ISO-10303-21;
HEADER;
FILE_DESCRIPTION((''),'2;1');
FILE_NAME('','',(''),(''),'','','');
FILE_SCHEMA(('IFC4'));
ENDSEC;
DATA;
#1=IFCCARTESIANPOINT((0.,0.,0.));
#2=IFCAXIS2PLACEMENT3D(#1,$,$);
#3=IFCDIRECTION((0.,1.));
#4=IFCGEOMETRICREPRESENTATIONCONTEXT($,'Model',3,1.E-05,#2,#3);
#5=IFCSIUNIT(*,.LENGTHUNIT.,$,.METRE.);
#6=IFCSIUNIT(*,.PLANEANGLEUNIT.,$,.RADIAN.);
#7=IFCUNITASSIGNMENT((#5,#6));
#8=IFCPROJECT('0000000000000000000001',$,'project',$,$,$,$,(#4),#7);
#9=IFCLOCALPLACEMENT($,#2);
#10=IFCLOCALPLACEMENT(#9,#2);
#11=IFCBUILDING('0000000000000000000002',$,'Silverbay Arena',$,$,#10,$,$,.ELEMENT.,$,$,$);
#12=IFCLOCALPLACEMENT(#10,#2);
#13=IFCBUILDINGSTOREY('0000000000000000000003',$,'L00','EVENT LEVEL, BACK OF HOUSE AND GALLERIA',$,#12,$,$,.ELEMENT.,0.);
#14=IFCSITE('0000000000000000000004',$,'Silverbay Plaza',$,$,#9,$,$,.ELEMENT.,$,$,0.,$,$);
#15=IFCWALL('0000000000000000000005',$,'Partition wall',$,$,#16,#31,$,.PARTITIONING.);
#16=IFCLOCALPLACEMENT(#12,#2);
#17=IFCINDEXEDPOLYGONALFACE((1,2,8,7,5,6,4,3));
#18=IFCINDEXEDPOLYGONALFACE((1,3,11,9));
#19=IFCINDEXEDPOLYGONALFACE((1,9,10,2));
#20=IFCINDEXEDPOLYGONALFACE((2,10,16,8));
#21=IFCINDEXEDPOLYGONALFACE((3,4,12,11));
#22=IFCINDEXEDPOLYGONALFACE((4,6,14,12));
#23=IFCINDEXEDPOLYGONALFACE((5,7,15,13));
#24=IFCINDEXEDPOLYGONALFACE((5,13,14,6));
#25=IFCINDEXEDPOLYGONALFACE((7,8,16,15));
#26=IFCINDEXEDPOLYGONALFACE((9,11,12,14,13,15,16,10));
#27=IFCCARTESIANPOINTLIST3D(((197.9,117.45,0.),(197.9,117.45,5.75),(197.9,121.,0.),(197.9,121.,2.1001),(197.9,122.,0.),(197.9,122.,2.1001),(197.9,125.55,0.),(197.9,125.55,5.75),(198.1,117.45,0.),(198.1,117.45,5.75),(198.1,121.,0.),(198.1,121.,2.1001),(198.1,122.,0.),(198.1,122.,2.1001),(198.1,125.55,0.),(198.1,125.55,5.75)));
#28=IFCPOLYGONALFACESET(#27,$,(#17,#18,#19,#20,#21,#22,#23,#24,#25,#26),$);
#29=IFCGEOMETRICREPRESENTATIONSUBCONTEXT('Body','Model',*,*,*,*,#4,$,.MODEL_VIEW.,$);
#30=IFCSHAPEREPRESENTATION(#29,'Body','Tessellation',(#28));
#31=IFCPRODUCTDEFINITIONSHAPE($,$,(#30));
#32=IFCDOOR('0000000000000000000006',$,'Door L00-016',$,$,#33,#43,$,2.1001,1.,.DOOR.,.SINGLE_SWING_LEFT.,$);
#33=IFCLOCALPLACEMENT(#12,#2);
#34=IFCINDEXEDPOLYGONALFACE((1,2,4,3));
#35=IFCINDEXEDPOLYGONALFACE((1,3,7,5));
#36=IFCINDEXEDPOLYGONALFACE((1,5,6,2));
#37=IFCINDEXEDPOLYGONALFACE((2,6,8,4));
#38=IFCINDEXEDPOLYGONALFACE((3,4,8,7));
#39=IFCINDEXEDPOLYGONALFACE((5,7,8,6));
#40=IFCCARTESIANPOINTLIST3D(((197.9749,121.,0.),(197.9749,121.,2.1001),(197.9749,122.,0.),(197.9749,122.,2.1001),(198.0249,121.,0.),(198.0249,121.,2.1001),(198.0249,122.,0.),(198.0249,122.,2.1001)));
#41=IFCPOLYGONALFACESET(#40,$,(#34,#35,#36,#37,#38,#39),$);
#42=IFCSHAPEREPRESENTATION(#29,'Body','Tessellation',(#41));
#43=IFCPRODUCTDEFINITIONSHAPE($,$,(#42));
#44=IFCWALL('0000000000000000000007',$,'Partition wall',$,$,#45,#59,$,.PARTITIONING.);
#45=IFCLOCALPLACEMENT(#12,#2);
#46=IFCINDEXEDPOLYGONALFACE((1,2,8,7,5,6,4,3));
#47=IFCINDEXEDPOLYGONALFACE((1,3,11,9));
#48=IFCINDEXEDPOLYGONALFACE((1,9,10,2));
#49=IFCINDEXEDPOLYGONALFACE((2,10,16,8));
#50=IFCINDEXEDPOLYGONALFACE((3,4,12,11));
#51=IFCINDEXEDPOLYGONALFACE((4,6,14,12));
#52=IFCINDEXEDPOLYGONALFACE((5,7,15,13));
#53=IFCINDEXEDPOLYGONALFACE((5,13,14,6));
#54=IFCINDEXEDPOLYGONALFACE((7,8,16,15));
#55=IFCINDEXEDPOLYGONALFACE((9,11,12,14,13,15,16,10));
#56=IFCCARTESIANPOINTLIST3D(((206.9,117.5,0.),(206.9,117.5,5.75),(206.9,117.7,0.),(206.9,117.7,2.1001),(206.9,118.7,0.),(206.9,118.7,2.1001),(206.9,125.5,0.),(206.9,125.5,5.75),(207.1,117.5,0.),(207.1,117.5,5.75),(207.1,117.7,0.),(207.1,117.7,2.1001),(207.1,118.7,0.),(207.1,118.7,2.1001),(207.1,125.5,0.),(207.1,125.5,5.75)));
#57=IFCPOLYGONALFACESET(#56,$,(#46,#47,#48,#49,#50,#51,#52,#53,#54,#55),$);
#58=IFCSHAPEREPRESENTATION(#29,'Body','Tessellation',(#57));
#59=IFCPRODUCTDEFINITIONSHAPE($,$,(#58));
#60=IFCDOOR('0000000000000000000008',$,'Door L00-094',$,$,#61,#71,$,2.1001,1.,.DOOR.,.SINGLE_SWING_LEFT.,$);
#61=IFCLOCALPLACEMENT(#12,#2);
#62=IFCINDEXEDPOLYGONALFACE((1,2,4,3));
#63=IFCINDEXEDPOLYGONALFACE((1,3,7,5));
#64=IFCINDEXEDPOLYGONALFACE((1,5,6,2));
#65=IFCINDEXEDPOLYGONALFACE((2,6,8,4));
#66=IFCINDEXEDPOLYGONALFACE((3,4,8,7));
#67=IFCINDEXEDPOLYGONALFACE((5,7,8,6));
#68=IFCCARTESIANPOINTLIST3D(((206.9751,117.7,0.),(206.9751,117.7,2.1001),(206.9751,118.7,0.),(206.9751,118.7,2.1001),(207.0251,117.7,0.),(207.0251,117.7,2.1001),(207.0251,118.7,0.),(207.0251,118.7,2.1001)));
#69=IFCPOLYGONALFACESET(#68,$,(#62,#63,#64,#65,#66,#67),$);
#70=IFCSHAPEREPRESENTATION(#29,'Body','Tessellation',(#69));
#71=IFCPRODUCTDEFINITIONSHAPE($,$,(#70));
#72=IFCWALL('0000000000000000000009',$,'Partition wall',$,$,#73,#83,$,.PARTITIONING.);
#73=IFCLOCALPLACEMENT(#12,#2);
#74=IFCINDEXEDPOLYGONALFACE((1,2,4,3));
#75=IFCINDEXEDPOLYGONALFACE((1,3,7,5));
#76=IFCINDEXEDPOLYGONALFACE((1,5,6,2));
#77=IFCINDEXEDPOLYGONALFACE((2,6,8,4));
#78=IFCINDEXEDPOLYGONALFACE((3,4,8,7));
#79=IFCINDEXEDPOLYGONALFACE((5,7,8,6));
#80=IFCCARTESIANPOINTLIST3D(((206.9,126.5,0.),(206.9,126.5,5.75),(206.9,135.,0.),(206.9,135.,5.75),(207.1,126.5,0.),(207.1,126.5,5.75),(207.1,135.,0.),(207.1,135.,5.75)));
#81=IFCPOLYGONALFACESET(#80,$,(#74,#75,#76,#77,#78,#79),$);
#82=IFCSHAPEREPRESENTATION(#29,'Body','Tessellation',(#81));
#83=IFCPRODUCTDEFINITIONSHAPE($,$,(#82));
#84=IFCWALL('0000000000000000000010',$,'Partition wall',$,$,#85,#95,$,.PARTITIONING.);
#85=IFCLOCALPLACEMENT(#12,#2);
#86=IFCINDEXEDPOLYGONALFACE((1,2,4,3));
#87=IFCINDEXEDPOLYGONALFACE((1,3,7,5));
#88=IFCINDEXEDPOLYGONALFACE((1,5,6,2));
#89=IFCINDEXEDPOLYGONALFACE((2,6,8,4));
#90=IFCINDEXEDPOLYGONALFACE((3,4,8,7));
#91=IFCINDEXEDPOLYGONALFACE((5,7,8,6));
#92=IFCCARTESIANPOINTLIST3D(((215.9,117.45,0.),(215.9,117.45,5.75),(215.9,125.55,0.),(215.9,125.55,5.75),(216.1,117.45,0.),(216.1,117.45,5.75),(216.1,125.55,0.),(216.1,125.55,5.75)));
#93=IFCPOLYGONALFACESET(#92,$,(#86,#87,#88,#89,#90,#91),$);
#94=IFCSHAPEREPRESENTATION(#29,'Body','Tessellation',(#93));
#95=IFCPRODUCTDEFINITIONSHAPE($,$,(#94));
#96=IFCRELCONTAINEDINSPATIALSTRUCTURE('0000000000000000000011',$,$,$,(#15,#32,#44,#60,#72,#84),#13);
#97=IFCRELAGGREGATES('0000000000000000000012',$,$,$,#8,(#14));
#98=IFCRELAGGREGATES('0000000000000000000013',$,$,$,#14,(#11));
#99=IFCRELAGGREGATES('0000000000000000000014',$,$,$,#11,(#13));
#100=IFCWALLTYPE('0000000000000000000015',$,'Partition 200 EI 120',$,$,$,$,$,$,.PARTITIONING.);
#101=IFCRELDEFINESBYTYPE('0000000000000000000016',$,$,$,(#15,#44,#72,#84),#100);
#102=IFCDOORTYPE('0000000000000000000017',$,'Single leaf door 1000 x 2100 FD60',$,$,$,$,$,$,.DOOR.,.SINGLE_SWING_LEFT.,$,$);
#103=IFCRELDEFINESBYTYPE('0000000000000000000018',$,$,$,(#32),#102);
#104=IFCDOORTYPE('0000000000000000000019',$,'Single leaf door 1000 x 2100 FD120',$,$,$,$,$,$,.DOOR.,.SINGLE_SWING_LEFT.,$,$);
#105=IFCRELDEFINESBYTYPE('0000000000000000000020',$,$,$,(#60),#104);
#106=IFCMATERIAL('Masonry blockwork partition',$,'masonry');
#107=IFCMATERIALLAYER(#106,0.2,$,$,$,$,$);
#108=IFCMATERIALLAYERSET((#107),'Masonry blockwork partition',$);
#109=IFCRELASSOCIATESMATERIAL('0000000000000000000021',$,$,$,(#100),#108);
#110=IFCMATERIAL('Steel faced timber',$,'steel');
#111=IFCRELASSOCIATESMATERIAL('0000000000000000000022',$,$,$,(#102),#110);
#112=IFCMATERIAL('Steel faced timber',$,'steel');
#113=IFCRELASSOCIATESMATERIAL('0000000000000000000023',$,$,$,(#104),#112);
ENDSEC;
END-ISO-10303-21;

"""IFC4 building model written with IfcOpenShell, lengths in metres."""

from ifc_helpers import new_model, si_unit, direction, frame, frame_2d, origin, place, context, subcontext, project, spatial, rectangle, extrude, material, layer, layer_set, type_object, element, fill, save


model = new_model("IFC4")

# Units and contexts
model_context = context("Model", 3, precision=1e-05, world=origin(), true_north=direction((0.0, 1.0)))
body_context = subcontext(model_context, "Body", "Model", "MODEL_VIEW")
ifc_project = project(units=[si_unit("LENGTHUNIT", "METRE"), si_unit("PLANEANGLEUNIT", "RADIAN")], contexts=[model_context])

# Site, building, storey
site_placement = place(None, origin())
site = spatial("IfcSite", under=ifc_project, at=site_placement, Name="Silverbay Plaza", CompositionType="ELEMENT", RefElevation=0.0)
building_placement = place(site_placement, origin())
building = spatial("IfcBuilding", under=site, at=building_placement, Name="Silverbay Arena", CompositionType="ELEMENT")
storey_placement = place(building_placement, origin())
storey = spatial("IfcBuildingStorey", under=building, at=storey_placement, Name="L00", Description="EVENT LEVEL, BACK OF HOUSE AND GALLERIA", CompositionType="ELEMENT", Elevation=0.0)

# Shared definitions
ifc_material_1 = material(Name="Masonry blockwork partition", Category="masonry")
ifc_layer = layer(ifc_material_1, 0.2)
ifc_layer_set = layer_set([ifc_layer], Name="Masonry blockwork partition")
wall_type = type_object("IfcWallType", Name="Partition 200 EI 120", PredefinedType="PARTITIONING", material=ifc_layer_set)

# Walls, openings, doors
wall_1_placement = place(storey_placement, frame((198.0, 117.45, 0.0), z_axis=(0.0, 0.0, 1.0), x_axis=(0.0, 1.0, 0.0)))
wall_1 = element("IfcWall", 1, at=wall_1_placement, inside=storey, type_object=wall_type, Name="Partition wall", PredefinedType="PARTITIONING", context=body_context, shape_type="SweptSolid", body=[
    extrude(rectangle(XDim=8.1001, YDim=0.2, at=frame_2d((4.05, 0.0))), origin(), (0.0, 0.0, 1.0), 5.75),
])
opening_1_placement = place(wall_1_placement, frame((3.55, 0.0, 0.0)))
opening_1 = element("IfcOpeningElement", 2, at=opening_1_placement, cuts=wall_1, PredefinedType="OPENING", context=body_context, shape_type="SweptSolid", body=[
    extrude(rectangle(XDim=1.0, YDim=2.1001, at=frame_2d((0.5, 1.05))), frame((0.0, 0.1099, 0.0), z_axis=(0.0, -1.0, 0.0), x_axis=(1.0, 0.0, 0.0)), (0.0, 0.0, 1.0), 0.22),
])
ifc_material_2 = material(Name="Steel faced timber", Category="steel")
door_type_1 = type_object("IfcDoorType", Name="Single leaf door 1000 x 2100 FD60", OperationType="SINGLE_SWING_LEFT", PredefinedType="DOOR", material=ifc_material_2)
door_1_placement = place(opening_1_placement, frame((1.0, 0.0, 0.0), z_axis=(0.0, 0.0, 1.0), x_axis=(-1.0, 0.0, 0.0)))
door_1 = element("IfcDoor", 3, at=door_1_placement, inside=storey, type_object=door_type_1, Name="Door L00-016", OperationType="SINGLE_SWING_LEFT", OverallHeight=2.1001, OverallWidth=1.0, PredefinedType="DOOR", context=body_context, shape_type="SweptSolid", body=[
    extrude(rectangle(XDim=1.0, YDim=2.1001, at=frame_2d((0.5, 1.05))), frame((0.0, 0.0249, 0.0), z_axis=(0.0, -1.0, 0.0), x_axis=(1.0, 0.0, 0.0)), (0.0, 0.0, 1.0), 0.05),
])
fill(opening_1, door_1)
wall_2_placement = place(storey_placement, frame((207.0, 117.5, 0.0), z_axis=(0.0, 0.0, 1.0), x_axis=(0.0, 1.0, 0.0)))
wall_2 = element("IfcWall", 4, at=wall_2_placement, inside=storey, type_object=wall_type, Name="Partition wall", PredefinedType="PARTITIONING", context=body_context, shape_type="SweptSolid", body=[
    extrude(rectangle(XDim=8.0, YDim=0.2, at=frame_2d((4.0, 0.0))), origin(), (0.0, 0.0, 1.0), 5.75),
])
opening_2_placement = place(wall_2_placement, frame((0.2, 0.0, 0.0)))
opening_2 = element("IfcOpeningElement", 5, at=opening_2_placement, cuts=wall_2, PredefinedType="OPENING", context=body_context, shape_type="SweptSolid", body=[
    extrude(rectangle(XDim=1.0, YDim=2.1001, at=frame_2d((0.5, 1.05))), frame((0.0, 0.1099, 0.0), z_axis=(0.0, -1.0, 0.0), x_axis=(1.0, 0.0, 0.0)), (0.0, 0.0, 1.0), 0.22),
])
ifc_material_3 = material(Name="Steel faced timber", Category="steel")
door_type_2 = type_object("IfcDoorType", Name="Single leaf door 1000 x 2100 FD120", OperationType="SINGLE_SWING_LEFT", PredefinedType="DOOR", material=ifc_material_3)
door_2_placement = place(opening_2_placement, origin())
door_2 = element("IfcDoor", 6, at=door_2_placement, inside=storey, type_object=door_type_2, Name="Door L00-094", OperationType="SINGLE_SWING_LEFT", OverallHeight=2.1001, OverallWidth=1.0, PredefinedType="DOOR", context=body_context, shape_type="SweptSolid", body=[
    extrude(rectangle(XDim=1.0, YDim=2.1001, at=frame_2d((0.5, 1.05))), frame((0.0, 0.0249, 0.0), z_axis=(0.0, -1.0, 0.0), x_axis=(1.0, 0.0, 0.0)), (0.0, 0.0, 1.0), 0.05),
])
fill(opening_2, door_2)

# Walls
wall_3_placement = place(storey_placement, frame((207.0, 126.5, 0.0), z_axis=(0.0, 0.0, 1.0), x_axis=(0.0, 1.0, 0.0)))
element("IfcWall", 7, at=wall_3_placement, inside=storey, type_object=wall_type, Name="Partition wall", PredefinedType="PARTITIONING", context=body_context, shape_type="SweptSolid", body=[
    extrude(rectangle(XDim=8.5, YDim=0.2, at=frame_2d((4.25, 0.0))), origin(), (0.0, 0.0, 1.0), 5.75),
])
wall_4_placement = place(storey_placement, frame((216.0, 117.45, 0.0), z_axis=(0.0, 0.0, 1.0), x_axis=(0.0, 1.0, 0.0)))
element("IfcWall", 8, at=wall_4_placement, inside=storey, type_object=wall_type, Name="Partition wall", PredefinedType="PARTITIONING", context=body_context, shape_type="SweptSolid", body=[
    extrude(rectangle(XDim=8.1001, YDim=0.2, at=frame_2d((4.05, 0.0))), origin(), (0.0, 0.0, 1.0), 5.75),
])

save(model, "model.ifc")
